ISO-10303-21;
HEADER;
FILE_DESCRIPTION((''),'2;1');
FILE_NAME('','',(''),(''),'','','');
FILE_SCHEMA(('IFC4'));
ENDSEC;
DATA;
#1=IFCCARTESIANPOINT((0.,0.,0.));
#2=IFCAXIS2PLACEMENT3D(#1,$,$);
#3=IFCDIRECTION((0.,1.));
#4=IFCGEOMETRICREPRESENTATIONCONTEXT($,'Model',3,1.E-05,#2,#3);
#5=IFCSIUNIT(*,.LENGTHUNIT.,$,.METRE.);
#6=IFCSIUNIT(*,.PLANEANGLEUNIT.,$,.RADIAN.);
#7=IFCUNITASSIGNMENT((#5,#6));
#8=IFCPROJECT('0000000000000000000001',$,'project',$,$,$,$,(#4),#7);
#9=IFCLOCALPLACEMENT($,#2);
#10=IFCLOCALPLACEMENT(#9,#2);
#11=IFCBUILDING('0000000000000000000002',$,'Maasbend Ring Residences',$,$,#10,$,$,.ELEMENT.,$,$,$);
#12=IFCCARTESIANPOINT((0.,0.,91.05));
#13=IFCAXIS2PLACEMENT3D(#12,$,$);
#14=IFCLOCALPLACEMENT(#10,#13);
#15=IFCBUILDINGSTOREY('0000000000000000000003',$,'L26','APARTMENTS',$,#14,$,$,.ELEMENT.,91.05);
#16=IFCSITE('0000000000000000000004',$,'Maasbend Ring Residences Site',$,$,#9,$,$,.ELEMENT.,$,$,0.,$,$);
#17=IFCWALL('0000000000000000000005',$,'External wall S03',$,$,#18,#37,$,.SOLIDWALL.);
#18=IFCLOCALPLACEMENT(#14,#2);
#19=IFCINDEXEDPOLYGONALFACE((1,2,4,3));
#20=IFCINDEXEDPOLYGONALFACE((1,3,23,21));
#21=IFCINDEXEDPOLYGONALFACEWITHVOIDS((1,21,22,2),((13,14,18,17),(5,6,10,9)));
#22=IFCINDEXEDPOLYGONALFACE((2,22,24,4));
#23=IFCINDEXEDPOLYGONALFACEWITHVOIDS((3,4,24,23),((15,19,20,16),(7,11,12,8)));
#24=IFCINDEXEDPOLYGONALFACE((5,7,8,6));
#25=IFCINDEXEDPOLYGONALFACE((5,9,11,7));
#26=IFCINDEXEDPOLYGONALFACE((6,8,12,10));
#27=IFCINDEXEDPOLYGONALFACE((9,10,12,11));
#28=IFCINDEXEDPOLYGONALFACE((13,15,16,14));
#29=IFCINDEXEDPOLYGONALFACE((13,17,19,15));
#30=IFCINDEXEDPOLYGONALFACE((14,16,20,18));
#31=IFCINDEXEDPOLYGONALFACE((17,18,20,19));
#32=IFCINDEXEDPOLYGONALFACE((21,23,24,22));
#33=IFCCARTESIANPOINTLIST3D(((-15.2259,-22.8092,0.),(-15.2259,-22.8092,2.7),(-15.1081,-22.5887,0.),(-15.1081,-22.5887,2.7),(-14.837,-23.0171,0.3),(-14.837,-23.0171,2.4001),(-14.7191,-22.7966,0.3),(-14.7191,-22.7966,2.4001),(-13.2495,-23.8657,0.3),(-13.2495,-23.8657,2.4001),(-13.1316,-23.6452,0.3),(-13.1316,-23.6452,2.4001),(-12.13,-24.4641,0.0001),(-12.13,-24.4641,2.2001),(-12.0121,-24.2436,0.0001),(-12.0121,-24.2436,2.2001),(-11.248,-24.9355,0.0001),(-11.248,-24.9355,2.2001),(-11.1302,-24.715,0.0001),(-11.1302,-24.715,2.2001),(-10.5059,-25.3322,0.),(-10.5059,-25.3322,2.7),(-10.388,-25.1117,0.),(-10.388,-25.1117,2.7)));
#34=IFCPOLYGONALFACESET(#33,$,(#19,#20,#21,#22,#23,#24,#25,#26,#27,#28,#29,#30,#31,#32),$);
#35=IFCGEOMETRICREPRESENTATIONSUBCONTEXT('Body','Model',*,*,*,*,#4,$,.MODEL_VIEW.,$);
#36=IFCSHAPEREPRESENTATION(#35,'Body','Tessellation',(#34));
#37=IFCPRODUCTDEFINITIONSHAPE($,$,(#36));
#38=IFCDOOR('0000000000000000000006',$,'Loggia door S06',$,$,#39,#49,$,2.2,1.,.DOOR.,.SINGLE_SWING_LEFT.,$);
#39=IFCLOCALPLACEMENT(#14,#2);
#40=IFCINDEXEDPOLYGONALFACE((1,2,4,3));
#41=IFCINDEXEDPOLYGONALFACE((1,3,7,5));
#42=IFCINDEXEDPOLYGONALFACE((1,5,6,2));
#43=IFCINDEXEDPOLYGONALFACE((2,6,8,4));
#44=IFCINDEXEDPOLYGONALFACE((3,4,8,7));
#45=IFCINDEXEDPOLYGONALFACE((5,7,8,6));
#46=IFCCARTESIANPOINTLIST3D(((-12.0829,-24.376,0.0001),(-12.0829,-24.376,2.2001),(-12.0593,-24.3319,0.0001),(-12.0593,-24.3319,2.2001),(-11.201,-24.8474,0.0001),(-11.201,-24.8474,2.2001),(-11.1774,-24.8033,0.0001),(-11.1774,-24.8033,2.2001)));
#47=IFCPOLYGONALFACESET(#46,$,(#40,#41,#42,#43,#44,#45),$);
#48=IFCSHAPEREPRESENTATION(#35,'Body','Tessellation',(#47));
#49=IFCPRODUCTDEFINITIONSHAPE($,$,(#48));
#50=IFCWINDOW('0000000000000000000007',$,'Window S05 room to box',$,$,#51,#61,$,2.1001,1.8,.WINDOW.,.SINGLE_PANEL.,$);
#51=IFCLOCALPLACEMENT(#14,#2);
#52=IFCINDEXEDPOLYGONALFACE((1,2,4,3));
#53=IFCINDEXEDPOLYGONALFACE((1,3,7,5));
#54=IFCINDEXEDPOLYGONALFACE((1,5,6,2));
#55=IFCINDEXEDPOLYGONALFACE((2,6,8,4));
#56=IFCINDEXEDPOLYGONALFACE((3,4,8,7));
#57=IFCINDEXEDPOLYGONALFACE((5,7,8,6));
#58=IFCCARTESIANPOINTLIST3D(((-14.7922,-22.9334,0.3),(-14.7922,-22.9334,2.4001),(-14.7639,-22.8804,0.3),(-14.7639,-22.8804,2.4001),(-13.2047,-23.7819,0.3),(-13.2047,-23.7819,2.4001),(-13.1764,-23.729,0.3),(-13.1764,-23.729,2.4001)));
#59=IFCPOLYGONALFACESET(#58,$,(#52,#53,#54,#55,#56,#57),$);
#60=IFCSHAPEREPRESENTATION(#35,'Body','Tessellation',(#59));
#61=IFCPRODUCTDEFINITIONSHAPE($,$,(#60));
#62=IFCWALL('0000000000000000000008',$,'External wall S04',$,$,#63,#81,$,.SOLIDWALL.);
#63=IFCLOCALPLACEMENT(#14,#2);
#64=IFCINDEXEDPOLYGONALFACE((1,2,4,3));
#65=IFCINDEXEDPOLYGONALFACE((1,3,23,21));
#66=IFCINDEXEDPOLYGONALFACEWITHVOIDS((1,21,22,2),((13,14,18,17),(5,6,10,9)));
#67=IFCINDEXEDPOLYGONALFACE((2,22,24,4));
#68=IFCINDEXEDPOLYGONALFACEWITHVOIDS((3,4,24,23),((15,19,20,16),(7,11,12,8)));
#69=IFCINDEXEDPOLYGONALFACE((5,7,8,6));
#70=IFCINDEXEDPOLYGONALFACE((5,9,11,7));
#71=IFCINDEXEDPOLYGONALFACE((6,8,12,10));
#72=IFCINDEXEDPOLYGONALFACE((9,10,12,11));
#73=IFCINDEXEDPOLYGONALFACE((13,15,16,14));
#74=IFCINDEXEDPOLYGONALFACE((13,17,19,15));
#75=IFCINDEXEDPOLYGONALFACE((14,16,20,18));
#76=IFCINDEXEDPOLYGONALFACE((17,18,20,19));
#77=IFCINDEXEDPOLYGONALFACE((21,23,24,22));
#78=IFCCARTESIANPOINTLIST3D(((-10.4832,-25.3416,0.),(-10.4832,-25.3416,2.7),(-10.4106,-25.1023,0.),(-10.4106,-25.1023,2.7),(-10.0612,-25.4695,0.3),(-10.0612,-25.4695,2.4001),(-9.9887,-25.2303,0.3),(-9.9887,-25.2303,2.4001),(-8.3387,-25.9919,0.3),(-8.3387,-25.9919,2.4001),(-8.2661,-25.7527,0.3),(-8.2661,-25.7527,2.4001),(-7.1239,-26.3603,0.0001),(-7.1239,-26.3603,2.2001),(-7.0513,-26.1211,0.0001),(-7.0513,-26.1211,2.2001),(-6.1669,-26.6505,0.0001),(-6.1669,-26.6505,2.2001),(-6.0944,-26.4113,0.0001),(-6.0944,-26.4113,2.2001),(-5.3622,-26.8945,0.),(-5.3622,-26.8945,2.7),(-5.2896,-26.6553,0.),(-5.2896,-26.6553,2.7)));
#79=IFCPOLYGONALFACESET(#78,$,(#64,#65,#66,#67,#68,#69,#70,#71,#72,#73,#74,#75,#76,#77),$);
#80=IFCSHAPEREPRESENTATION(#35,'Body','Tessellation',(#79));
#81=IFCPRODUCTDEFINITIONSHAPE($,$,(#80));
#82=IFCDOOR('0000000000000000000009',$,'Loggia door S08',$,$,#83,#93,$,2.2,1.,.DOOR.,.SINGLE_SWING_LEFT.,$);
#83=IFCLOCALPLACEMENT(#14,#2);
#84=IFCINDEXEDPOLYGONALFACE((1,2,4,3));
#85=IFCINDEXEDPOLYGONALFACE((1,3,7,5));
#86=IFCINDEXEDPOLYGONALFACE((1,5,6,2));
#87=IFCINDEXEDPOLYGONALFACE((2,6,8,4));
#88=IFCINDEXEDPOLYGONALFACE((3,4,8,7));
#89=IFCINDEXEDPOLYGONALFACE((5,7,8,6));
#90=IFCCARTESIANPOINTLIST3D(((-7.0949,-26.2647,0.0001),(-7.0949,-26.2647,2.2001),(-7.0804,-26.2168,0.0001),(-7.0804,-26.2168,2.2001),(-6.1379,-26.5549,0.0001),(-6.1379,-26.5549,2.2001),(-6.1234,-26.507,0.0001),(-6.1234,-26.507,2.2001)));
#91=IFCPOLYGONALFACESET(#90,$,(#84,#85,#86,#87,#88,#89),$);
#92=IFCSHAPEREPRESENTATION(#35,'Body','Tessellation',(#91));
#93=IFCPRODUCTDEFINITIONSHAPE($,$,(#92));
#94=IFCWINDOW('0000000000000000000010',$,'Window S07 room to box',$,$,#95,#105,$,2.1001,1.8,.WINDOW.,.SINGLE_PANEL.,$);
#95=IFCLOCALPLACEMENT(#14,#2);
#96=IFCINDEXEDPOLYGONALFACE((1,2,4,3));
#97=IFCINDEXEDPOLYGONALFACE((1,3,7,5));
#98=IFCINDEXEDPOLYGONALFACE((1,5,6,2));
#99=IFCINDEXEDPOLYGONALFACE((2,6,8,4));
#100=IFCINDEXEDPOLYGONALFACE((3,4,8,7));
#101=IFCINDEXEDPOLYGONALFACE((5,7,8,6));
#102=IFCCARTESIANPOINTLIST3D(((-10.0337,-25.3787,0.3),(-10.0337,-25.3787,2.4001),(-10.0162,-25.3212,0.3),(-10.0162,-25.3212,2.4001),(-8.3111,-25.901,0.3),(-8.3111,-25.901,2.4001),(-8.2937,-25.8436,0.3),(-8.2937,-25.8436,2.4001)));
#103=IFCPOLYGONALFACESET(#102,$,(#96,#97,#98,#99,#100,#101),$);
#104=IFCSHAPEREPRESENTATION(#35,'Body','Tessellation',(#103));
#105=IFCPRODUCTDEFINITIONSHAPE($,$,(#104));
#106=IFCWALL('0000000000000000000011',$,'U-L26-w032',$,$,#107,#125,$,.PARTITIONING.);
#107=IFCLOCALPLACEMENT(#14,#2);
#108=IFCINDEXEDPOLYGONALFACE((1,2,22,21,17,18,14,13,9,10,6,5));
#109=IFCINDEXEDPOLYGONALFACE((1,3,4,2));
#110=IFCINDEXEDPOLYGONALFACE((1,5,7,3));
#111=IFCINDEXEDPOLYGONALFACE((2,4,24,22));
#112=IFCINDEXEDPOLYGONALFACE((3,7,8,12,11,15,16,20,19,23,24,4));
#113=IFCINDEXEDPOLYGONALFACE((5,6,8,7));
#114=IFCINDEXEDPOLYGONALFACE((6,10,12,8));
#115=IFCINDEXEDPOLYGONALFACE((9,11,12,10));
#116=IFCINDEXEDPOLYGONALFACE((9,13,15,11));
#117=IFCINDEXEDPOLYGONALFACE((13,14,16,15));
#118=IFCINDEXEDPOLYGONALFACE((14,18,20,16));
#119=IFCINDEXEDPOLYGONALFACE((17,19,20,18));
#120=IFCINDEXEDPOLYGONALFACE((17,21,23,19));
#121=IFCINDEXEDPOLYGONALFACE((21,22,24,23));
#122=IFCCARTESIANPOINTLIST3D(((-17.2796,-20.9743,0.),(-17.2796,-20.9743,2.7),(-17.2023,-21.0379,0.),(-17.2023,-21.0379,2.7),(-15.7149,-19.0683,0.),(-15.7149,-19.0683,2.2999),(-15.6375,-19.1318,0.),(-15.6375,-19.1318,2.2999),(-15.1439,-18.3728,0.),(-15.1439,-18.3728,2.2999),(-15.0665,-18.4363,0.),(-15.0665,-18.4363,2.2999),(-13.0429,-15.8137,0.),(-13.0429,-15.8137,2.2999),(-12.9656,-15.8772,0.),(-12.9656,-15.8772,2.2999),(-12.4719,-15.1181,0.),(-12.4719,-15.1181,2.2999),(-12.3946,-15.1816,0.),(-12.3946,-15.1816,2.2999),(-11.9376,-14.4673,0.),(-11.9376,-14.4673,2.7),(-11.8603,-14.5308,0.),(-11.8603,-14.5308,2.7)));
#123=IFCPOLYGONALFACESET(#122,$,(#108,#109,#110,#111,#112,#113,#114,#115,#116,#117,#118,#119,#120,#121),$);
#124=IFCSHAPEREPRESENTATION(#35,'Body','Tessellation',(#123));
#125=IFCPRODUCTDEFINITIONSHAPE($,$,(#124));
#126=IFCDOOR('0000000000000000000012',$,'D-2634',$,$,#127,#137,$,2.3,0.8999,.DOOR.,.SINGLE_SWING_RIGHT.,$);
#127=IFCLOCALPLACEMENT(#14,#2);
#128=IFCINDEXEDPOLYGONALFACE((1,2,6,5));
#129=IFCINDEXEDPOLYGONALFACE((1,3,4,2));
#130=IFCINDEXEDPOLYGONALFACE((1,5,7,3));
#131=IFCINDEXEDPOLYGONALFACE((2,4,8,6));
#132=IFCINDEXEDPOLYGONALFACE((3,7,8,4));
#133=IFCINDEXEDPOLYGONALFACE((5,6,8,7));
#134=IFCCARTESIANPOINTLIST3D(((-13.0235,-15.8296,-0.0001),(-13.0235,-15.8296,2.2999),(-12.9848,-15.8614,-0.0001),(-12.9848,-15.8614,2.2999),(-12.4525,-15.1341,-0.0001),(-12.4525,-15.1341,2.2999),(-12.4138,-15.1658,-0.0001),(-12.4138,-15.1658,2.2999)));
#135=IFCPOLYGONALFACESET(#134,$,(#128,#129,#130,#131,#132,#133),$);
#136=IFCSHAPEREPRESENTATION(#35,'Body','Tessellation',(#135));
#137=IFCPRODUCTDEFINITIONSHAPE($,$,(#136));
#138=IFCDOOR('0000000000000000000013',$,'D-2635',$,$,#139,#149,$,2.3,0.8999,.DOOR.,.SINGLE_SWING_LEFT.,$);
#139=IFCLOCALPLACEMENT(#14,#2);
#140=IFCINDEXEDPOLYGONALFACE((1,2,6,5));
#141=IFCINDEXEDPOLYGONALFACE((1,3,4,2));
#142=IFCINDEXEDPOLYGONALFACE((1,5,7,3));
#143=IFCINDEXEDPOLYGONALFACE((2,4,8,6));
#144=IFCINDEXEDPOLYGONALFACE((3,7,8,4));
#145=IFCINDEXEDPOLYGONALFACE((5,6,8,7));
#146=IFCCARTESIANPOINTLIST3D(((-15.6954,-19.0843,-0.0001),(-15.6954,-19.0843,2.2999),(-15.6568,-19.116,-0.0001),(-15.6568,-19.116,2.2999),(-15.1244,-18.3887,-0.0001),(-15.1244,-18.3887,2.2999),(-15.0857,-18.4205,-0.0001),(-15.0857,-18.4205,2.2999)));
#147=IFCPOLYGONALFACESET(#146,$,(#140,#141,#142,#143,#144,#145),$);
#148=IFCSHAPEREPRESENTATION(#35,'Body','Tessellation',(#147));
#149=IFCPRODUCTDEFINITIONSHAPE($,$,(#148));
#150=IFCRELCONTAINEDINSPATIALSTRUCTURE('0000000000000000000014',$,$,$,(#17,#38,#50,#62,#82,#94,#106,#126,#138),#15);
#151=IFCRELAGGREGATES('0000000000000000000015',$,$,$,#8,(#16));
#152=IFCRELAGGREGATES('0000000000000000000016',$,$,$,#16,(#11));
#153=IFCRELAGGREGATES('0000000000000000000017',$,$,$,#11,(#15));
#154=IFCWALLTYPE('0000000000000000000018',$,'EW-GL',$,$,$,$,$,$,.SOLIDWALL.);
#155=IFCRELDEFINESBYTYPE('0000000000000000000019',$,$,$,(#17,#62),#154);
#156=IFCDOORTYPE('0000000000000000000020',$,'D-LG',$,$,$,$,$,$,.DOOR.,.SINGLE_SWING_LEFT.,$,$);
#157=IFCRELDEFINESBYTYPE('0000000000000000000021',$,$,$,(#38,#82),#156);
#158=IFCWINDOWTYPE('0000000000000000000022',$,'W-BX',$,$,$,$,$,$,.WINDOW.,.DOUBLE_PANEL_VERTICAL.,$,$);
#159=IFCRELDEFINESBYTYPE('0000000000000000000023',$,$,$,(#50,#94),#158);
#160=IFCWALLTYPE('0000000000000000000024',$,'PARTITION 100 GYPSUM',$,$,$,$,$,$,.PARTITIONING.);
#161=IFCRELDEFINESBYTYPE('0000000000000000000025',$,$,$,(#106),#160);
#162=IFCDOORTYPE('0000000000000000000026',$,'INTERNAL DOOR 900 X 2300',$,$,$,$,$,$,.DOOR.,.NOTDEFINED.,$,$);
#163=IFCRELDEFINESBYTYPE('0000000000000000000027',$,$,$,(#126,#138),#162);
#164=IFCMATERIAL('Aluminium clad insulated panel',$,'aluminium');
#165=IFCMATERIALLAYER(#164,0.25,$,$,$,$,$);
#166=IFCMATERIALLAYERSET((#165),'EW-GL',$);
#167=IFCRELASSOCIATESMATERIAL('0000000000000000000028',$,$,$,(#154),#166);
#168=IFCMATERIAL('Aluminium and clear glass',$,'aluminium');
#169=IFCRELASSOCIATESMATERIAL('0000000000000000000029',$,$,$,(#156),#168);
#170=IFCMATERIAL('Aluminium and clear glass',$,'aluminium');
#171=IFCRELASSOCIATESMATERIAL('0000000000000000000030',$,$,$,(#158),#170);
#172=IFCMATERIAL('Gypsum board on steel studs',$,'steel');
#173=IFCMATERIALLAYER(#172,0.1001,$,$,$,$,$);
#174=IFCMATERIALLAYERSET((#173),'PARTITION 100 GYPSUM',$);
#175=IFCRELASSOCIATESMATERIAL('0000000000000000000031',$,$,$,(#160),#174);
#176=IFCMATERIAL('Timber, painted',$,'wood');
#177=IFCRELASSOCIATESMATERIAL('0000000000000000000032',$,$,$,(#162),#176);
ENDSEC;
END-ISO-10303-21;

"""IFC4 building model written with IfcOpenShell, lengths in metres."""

from ifc_helpers import new_model, si_unit, direction, frame, frame_2d, origin, place, context, subcontext, project, spatial, rectangle, extrude, material, layer, layer_set, type_object, element, fill, save


model = new_model("IFC4")

# Units and contexts
model_context = context("Model", 3, precision=1e-05, world=origin(), true_north=direction((0.0, 1.0)))
body_context = subcontext(model_context, "Body", "Model", "MODEL_VIEW")
ifc_project = project(units=[si_unit("LENGTHUNIT", "METRE"), si_unit("PLANEANGLEUNIT", "RADIAN")], contexts=[model_context])

# Site, building, storey
site_placement = place(None, origin())
site = spatial("IfcSite", under=ifc_project, at=site_placement, Name="Maasbend Ring Residences Site", CompositionType="ELEMENT", RefElevation=0.0)
building_placement = place(site_placement, origin())
building = spatial("IfcBuilding", under=site, at=building_placement, Name="Maasbend Ring Residences", CompositionType="ELEMENT")
storey_placement = place(building_placement, frame((0.0, 0.0, 91.05)))
storey = spatial("IfcBuildingStorey", under=building, at=storey_placement, Name="L26", Description="APARTMENTS", CompositionType="ELEMENT", Elevation=91.05)

# Walls, openings, doors, windows
ifc_material_1 = material(Name="Aluminium clad insulated panel", Category="aluminium")
ifc_layer_1 = layer(ifc_material_1, 0.25)
ifc_layer_set_1 = layer_set([ifc_layer_1], Name="EW-GL")
wall_type_1 = type_object("IfcWallType", Name="EW-GL", PredefinedType="SOLIDWALL", material=ifc_layer_set_1)
wall_1_placement = place(storey_placement, frame((-15.167, -22.699, 0.0), z_axis=(0.0, 0.0, 1.0), x_axis=(0.881916, -0.471407, 0.0)))
wall_1 = element("IfcWall", 1, at=wall_1_placement, inside=storey, type_object=wall_type_1, Name="External wall S03", PredefinedType="SOLIDWALL", context=body_context, shape_type="SweptSolid", body=[
    extrude(rectangle(XDim=5.3521, YDim=0.25, at=frame_2d((2.676, 0.0))), origin(), (0.0, 0.0, 1.0), 2.7),
])
opening_1_placement = place(wall_1_placement, frame((0.4412, 0.0, 0.3)))
opening_1 = element("IfcOpeningElement", 2, at=opening_1_placement, cuts=wall_1, PredefinedType="OPENING", context=body_context, shape_type="SweptSolid", body=[
    extrude(rectangle(XDim=1.8, YDim=2.1001, at=frame_2d((0.8999, 1.05))), frame((0.0, 0.135, 0.0), z_axis=(0.0, -1.0, 0.0), x_axis=(1.0, 0.0, 0.0)), (0.0, 0.0, 1.0), 0.27),
])
opening_2_placement = place(wall_1_placement, frame((3.5105, 0.0, 0.0)))
opening_2 = element("IfcOpeningElement", 3, at=opening_2_placement, cuts=wall_1, PredefinedType="OPENING", context=body_context, shape_type="SweptSolid", body=[
    extrude(rectangle(XDim=1.0, YDim=2.2, at=frame_2d((0.5, 1.1001))), frame((0.0, 0.135, 0.0), z_axis=(0.0, -1.0, 0.0), x_axis=(1.0, 0.0, 0.0)), (0.0, 0.0, 1.0), 0.27),
])
ifc_material_2 = material(Name="Aluminium and clear glass", Category="aluminium")
door_type_1 = type_object("IfcDoorType", Name="D-LG", OperationType="SINGLE_SWING_LEFT", PredefinedType="DOOR", material=ifc_material_2)
door_1_placement = place(opening_2_placement, origin())
door_1 = element("IfcDoor", 4, at=door_1_placement, inside=storey, type_object=door_type_1, Name="Loggia door S06", OperationType="SINGLE_SWING_LEFT", OverallHeight=2.2, OverallWidth=1.0, PredefinedType="DOOR", context=body_context, shape_type="SweptSolid", body=[
    extrude(rectangle(XDim=1.0, YDim=2.2, at=frame_2d((0.5, 1.1001))), frame((0.0, 0.0249, 0.0), z_axis=(0.0, -1.0, 0.0), x_axis=(1.0, 0.0, 0.0)), (0.0, 0.0, 1.0), 0.05),
])
fill(opening_2, door_1)
ifc_material_3 = material(Name="Aluminium and clear glass", Category="aluminium")
window_type_1 = type_object("IfcWindowType", Name="W-BX", PartitioningType="DOUBLE_PANEL_VERTICAL", PredefinedType="WINDOW", material=ifc_material_3)
window_1_placement = place(opening_1_placement, origin())
window_1 = element("IfcWindow", 5, at=window_1_placement, inside=storey, type_object=window_type_1, Name="Window S05 room to box", OverallHeight=2.1001, OverallWidth=1.8, PartitioningType="SINGLE_PANEL", PredefinedType="WINDOW", context=body_context, shape_type="SweptSolid", body=[
    extrude(rectangle(XDim=1.8, YDim=2.1001, at=frame_2d((0.8999, 1.05))), frame((0.0, 0.03, 0.0), z_axis=(0.0, -1.0, 0.0), x_axis=(1.0, 0.0, 0.0)), (0.0, 0.0, 1.0), 0.0601),
])
fill(opening_1, window_1)
wall_2_placement = place(storey_placement, frame((-10.447, -25.2219, 0.0), z_axis=(0.0, 0.0, 1.0), x_axis=(0.956966, -0.290201, 0.0)))
wall_2 = element("IfcWall", 6, at=wall_2_placement, inside=storey, type_object=wall_type_1, Name="External wall S04", PredefinedType="SOLIDWALL", context=body_context, shape_type="SweptSolid", body=[
    extrude(rectangle(XDim=5.3513, YDim=0.25, at=frame_2d((2.6758, 0.0))), origin(), (0.0, 0.0, 1.0), 2.7),
])
opening_3_placement = place(wall_2_placement, frame((0.4412, 0.0, 0.3)))
opening_3 = element("IfcOpeningElement", 7, at=opening_3_placement, cuts=wall_2, PredefinedType="OPENING", context=body_context, shape_type="SweptSolid", body=[
    extrude(rectangle(XDim=1.8, YDim=2.1001, at=frame_2d((0.8999, 1.05))), frame((0.0, 0.135, 0.0), z_axis=(0.0, -1.0, 0.0), x_axis=(1.0, 0.0, 0.0)), (0.0, 0.0, 1.0), 0.27),
])
opening_4_placement = place(wall_2_placement, frame((3.5105, 0.0, 0.0)))
opening_4 = element("IfcOpeningElement", 8, at=opening_4_placement, cuts=wall_2, PredefinedType="OPENING", context=body_context, shape_type="SweptSolid", body=[
    extrude(rectangle(XDim=1.0, YDim=2.2, at=frame_2d((0.5, 1.1001))), frame((0.0, 0.135, 0.0), z_axis=(0.0, -1.0, 0.0), x_axis=(1.0, 0.0, 0.0)), (0.0, 0.0, 1.0), 0.27),
])
door_2_placement = place(opening_4_placement, origin())
door_2 = element("IfcDoor", 9, at=door_2_placement, inside=storey, type_object=door_type_1, Name="Loggia door S08", OperationType="SINGLE_SWING_LEFT", OverallHeight=2.2, OverallWidth=1.0, PredefinedType="DOOR", context=body_context, shape_type="SweptSolid", body=[
    extrude(rectangle(XDim=1.0, YDim=2.2, at=frame_2d((0.5, 1.1001))), frame((0.0, 0.0249, 0.0), z_axis=(0.0, -1.0, 0.0), x_axis=(1.0, 0.0, 0.0)), (0.0, 0.0, 1.0), 0.05),
])
fill(opening_4, door_2)
window_2_placement = place(opening_3_placement, origin())
window_2 = element("IfcWindow", 10, at=window_2_placement, inside=storey, type_object=window_type_1, Name="Window S07 room to box", OverallHeight=2.1001, OverallWidth=1.8, PartitioningType="SINGLE_PANEL", PredefinedType="WINDOW", context=body_context, shape_type="SweptSolid", body=[
    extrude(rectangle(XDim=1.8, YDim=2.1001, at=frame_2d((0.8999, 1.05))), frame((0.0, 0.03, 0.0), z_axis=(0.0, -1.0, 0.0), x_axis=(1.0, 0.0, 0.0)), (0.0, 0.0, 1.0), 0.0601),
])
fill(opening_3, window_2)

# Wall, openings, doors
ifc_material_4 = material(Name="Gypsum board on steel studs", Category="steel")
ifc_layer_2 = layer(ifc_material_4, 0.1001)
ifc_layer_set_2 = layer_set([ifc_layer_2], Name="PARTITION 100 GYPSUM")
wall_type_2 = type_object("IfcWallType", Name="PARTITION 100 GYPSUM", PredefinedType="PARTITIONING", material=ifc_layer_set_2)
wall_3_placement = place(storey_placement, frame((-17.241, -21.0061, 0.0), z_axis=(0.0, 0.0, 1.0), x_axis=(0.634522, 0.772905, 0.0)))
wall_3 = element("IfcWall", 11, at=wall_3_placement, inside=storey, type_object=wall_type_2, Name="U-L26-w032", PredefinedType="PARTITIONING", context=body_context, shape_type="SweptSolid", body=[
    extrude(rectangle(XDim=8.4189, YDim=0.1001, at=frame_2d((4.2095, 0.0))), origin(), (0.0, 0.0, 1.0), 2.7),
])
opening_5_placement = place(wall_3_placement, frame((6.677, 0.0, 0.0)))
opening_5 = element("IfcOpeningElement", 12, at=opening_5_placement, cuts=wall_3, PredefinedType="OPENING", context=body_context, shape_type="SweptSolid", body=[
    extrude(rectangle(XDim=0.8999, YDim=2.3, at=frame_2d((0.45, 1.1499))), frame((0.0, 0.0601, 0.0), z_axis=(0.0, -1.0, 0.0), x_axis=(1.0, 0.0, 0.0)), (0.0, 0.0, 1.0), 0.1201),
])
opening_6_placement = place(wall_3_placement, frame((2.4661, 0.0, 0.0)))
opening_6 = element("IfcOpeningElement", 13, at=opening_6_placement, cuts=wall_3, PredefinedType="OPENING", context=body_context, shape_type="SweptSolid", body=[
    extrude(rectangle(XDim=0.8999, YDim=2.3, at=frame_2d((0.45, 1.1499))), frame((0.0, 0.0601, 0.0), z_axis=(0.0, -1.0, 0.0), x_axis=(1.0, 0.0, 0.0)), (0.0, 0.0, 1.0), 0.1201),
])
ifc_material_5 = material(Name="Timber, painted", Category="wood")
door_type_2 = type_object("IfcDoorType", Name="INTERNAL DOOR 900 X 2300", OperationType="NOTDEFINED", PredefinedType="DOOR", material=ifc_material_5)
door_3_placement = place(opening_5_placement, origin())
door_3 = element("IfcDoor", 14, at=door_3_placement, inside=storey, type_object=door_type_2, Name="D-2634", OperationType="SINGLE_SWING_RIGHT", OverallHeight=2.3, OverallWidth=0.8999, PredefinedType="DOOR", context=body_context, shape_type="SweptSolid", body=[
    extrude(rectangle(XDim=0.8999, YDim=2.3, at=frame_2d((0.45, 1.1499))), frame((0.0, 0.0249, 0.0), z_axis=(0.0, -1.0, 0.0), x_axis=(1.0, 0.0, 0.0)), (0.0, 0.0, 1.0), 0.05),
])
fill(opening_5, door_3)
door_4_placement = place(opening_6_placement, origin())
door_4 = element("IfcDoor", 15, at=door_4_placement, inside=storey, type_object=door_type_2, Name="D-2635", OperationType="SINGLE_SWING_LEFT", OverallHeight=2.3, OverallWidth=0.8999, PredefinedType="DOOR", context=body_context, shape_type="SweptSolid", body=[
    extrude(rectangle(XDim=0.8999, YDim=2.3, at=frame_2d((0.45, 1.1499))), frame((0.0, 0.0249, 0.0), z_axis=(0.0, -1.0, 0.0), x_axis=(1.0, 0.0, 0.0)), (0.0, 0.0, 1.0), 0.05),
])
fill(opening_6, door_4)

save(model, "model.ifc")
